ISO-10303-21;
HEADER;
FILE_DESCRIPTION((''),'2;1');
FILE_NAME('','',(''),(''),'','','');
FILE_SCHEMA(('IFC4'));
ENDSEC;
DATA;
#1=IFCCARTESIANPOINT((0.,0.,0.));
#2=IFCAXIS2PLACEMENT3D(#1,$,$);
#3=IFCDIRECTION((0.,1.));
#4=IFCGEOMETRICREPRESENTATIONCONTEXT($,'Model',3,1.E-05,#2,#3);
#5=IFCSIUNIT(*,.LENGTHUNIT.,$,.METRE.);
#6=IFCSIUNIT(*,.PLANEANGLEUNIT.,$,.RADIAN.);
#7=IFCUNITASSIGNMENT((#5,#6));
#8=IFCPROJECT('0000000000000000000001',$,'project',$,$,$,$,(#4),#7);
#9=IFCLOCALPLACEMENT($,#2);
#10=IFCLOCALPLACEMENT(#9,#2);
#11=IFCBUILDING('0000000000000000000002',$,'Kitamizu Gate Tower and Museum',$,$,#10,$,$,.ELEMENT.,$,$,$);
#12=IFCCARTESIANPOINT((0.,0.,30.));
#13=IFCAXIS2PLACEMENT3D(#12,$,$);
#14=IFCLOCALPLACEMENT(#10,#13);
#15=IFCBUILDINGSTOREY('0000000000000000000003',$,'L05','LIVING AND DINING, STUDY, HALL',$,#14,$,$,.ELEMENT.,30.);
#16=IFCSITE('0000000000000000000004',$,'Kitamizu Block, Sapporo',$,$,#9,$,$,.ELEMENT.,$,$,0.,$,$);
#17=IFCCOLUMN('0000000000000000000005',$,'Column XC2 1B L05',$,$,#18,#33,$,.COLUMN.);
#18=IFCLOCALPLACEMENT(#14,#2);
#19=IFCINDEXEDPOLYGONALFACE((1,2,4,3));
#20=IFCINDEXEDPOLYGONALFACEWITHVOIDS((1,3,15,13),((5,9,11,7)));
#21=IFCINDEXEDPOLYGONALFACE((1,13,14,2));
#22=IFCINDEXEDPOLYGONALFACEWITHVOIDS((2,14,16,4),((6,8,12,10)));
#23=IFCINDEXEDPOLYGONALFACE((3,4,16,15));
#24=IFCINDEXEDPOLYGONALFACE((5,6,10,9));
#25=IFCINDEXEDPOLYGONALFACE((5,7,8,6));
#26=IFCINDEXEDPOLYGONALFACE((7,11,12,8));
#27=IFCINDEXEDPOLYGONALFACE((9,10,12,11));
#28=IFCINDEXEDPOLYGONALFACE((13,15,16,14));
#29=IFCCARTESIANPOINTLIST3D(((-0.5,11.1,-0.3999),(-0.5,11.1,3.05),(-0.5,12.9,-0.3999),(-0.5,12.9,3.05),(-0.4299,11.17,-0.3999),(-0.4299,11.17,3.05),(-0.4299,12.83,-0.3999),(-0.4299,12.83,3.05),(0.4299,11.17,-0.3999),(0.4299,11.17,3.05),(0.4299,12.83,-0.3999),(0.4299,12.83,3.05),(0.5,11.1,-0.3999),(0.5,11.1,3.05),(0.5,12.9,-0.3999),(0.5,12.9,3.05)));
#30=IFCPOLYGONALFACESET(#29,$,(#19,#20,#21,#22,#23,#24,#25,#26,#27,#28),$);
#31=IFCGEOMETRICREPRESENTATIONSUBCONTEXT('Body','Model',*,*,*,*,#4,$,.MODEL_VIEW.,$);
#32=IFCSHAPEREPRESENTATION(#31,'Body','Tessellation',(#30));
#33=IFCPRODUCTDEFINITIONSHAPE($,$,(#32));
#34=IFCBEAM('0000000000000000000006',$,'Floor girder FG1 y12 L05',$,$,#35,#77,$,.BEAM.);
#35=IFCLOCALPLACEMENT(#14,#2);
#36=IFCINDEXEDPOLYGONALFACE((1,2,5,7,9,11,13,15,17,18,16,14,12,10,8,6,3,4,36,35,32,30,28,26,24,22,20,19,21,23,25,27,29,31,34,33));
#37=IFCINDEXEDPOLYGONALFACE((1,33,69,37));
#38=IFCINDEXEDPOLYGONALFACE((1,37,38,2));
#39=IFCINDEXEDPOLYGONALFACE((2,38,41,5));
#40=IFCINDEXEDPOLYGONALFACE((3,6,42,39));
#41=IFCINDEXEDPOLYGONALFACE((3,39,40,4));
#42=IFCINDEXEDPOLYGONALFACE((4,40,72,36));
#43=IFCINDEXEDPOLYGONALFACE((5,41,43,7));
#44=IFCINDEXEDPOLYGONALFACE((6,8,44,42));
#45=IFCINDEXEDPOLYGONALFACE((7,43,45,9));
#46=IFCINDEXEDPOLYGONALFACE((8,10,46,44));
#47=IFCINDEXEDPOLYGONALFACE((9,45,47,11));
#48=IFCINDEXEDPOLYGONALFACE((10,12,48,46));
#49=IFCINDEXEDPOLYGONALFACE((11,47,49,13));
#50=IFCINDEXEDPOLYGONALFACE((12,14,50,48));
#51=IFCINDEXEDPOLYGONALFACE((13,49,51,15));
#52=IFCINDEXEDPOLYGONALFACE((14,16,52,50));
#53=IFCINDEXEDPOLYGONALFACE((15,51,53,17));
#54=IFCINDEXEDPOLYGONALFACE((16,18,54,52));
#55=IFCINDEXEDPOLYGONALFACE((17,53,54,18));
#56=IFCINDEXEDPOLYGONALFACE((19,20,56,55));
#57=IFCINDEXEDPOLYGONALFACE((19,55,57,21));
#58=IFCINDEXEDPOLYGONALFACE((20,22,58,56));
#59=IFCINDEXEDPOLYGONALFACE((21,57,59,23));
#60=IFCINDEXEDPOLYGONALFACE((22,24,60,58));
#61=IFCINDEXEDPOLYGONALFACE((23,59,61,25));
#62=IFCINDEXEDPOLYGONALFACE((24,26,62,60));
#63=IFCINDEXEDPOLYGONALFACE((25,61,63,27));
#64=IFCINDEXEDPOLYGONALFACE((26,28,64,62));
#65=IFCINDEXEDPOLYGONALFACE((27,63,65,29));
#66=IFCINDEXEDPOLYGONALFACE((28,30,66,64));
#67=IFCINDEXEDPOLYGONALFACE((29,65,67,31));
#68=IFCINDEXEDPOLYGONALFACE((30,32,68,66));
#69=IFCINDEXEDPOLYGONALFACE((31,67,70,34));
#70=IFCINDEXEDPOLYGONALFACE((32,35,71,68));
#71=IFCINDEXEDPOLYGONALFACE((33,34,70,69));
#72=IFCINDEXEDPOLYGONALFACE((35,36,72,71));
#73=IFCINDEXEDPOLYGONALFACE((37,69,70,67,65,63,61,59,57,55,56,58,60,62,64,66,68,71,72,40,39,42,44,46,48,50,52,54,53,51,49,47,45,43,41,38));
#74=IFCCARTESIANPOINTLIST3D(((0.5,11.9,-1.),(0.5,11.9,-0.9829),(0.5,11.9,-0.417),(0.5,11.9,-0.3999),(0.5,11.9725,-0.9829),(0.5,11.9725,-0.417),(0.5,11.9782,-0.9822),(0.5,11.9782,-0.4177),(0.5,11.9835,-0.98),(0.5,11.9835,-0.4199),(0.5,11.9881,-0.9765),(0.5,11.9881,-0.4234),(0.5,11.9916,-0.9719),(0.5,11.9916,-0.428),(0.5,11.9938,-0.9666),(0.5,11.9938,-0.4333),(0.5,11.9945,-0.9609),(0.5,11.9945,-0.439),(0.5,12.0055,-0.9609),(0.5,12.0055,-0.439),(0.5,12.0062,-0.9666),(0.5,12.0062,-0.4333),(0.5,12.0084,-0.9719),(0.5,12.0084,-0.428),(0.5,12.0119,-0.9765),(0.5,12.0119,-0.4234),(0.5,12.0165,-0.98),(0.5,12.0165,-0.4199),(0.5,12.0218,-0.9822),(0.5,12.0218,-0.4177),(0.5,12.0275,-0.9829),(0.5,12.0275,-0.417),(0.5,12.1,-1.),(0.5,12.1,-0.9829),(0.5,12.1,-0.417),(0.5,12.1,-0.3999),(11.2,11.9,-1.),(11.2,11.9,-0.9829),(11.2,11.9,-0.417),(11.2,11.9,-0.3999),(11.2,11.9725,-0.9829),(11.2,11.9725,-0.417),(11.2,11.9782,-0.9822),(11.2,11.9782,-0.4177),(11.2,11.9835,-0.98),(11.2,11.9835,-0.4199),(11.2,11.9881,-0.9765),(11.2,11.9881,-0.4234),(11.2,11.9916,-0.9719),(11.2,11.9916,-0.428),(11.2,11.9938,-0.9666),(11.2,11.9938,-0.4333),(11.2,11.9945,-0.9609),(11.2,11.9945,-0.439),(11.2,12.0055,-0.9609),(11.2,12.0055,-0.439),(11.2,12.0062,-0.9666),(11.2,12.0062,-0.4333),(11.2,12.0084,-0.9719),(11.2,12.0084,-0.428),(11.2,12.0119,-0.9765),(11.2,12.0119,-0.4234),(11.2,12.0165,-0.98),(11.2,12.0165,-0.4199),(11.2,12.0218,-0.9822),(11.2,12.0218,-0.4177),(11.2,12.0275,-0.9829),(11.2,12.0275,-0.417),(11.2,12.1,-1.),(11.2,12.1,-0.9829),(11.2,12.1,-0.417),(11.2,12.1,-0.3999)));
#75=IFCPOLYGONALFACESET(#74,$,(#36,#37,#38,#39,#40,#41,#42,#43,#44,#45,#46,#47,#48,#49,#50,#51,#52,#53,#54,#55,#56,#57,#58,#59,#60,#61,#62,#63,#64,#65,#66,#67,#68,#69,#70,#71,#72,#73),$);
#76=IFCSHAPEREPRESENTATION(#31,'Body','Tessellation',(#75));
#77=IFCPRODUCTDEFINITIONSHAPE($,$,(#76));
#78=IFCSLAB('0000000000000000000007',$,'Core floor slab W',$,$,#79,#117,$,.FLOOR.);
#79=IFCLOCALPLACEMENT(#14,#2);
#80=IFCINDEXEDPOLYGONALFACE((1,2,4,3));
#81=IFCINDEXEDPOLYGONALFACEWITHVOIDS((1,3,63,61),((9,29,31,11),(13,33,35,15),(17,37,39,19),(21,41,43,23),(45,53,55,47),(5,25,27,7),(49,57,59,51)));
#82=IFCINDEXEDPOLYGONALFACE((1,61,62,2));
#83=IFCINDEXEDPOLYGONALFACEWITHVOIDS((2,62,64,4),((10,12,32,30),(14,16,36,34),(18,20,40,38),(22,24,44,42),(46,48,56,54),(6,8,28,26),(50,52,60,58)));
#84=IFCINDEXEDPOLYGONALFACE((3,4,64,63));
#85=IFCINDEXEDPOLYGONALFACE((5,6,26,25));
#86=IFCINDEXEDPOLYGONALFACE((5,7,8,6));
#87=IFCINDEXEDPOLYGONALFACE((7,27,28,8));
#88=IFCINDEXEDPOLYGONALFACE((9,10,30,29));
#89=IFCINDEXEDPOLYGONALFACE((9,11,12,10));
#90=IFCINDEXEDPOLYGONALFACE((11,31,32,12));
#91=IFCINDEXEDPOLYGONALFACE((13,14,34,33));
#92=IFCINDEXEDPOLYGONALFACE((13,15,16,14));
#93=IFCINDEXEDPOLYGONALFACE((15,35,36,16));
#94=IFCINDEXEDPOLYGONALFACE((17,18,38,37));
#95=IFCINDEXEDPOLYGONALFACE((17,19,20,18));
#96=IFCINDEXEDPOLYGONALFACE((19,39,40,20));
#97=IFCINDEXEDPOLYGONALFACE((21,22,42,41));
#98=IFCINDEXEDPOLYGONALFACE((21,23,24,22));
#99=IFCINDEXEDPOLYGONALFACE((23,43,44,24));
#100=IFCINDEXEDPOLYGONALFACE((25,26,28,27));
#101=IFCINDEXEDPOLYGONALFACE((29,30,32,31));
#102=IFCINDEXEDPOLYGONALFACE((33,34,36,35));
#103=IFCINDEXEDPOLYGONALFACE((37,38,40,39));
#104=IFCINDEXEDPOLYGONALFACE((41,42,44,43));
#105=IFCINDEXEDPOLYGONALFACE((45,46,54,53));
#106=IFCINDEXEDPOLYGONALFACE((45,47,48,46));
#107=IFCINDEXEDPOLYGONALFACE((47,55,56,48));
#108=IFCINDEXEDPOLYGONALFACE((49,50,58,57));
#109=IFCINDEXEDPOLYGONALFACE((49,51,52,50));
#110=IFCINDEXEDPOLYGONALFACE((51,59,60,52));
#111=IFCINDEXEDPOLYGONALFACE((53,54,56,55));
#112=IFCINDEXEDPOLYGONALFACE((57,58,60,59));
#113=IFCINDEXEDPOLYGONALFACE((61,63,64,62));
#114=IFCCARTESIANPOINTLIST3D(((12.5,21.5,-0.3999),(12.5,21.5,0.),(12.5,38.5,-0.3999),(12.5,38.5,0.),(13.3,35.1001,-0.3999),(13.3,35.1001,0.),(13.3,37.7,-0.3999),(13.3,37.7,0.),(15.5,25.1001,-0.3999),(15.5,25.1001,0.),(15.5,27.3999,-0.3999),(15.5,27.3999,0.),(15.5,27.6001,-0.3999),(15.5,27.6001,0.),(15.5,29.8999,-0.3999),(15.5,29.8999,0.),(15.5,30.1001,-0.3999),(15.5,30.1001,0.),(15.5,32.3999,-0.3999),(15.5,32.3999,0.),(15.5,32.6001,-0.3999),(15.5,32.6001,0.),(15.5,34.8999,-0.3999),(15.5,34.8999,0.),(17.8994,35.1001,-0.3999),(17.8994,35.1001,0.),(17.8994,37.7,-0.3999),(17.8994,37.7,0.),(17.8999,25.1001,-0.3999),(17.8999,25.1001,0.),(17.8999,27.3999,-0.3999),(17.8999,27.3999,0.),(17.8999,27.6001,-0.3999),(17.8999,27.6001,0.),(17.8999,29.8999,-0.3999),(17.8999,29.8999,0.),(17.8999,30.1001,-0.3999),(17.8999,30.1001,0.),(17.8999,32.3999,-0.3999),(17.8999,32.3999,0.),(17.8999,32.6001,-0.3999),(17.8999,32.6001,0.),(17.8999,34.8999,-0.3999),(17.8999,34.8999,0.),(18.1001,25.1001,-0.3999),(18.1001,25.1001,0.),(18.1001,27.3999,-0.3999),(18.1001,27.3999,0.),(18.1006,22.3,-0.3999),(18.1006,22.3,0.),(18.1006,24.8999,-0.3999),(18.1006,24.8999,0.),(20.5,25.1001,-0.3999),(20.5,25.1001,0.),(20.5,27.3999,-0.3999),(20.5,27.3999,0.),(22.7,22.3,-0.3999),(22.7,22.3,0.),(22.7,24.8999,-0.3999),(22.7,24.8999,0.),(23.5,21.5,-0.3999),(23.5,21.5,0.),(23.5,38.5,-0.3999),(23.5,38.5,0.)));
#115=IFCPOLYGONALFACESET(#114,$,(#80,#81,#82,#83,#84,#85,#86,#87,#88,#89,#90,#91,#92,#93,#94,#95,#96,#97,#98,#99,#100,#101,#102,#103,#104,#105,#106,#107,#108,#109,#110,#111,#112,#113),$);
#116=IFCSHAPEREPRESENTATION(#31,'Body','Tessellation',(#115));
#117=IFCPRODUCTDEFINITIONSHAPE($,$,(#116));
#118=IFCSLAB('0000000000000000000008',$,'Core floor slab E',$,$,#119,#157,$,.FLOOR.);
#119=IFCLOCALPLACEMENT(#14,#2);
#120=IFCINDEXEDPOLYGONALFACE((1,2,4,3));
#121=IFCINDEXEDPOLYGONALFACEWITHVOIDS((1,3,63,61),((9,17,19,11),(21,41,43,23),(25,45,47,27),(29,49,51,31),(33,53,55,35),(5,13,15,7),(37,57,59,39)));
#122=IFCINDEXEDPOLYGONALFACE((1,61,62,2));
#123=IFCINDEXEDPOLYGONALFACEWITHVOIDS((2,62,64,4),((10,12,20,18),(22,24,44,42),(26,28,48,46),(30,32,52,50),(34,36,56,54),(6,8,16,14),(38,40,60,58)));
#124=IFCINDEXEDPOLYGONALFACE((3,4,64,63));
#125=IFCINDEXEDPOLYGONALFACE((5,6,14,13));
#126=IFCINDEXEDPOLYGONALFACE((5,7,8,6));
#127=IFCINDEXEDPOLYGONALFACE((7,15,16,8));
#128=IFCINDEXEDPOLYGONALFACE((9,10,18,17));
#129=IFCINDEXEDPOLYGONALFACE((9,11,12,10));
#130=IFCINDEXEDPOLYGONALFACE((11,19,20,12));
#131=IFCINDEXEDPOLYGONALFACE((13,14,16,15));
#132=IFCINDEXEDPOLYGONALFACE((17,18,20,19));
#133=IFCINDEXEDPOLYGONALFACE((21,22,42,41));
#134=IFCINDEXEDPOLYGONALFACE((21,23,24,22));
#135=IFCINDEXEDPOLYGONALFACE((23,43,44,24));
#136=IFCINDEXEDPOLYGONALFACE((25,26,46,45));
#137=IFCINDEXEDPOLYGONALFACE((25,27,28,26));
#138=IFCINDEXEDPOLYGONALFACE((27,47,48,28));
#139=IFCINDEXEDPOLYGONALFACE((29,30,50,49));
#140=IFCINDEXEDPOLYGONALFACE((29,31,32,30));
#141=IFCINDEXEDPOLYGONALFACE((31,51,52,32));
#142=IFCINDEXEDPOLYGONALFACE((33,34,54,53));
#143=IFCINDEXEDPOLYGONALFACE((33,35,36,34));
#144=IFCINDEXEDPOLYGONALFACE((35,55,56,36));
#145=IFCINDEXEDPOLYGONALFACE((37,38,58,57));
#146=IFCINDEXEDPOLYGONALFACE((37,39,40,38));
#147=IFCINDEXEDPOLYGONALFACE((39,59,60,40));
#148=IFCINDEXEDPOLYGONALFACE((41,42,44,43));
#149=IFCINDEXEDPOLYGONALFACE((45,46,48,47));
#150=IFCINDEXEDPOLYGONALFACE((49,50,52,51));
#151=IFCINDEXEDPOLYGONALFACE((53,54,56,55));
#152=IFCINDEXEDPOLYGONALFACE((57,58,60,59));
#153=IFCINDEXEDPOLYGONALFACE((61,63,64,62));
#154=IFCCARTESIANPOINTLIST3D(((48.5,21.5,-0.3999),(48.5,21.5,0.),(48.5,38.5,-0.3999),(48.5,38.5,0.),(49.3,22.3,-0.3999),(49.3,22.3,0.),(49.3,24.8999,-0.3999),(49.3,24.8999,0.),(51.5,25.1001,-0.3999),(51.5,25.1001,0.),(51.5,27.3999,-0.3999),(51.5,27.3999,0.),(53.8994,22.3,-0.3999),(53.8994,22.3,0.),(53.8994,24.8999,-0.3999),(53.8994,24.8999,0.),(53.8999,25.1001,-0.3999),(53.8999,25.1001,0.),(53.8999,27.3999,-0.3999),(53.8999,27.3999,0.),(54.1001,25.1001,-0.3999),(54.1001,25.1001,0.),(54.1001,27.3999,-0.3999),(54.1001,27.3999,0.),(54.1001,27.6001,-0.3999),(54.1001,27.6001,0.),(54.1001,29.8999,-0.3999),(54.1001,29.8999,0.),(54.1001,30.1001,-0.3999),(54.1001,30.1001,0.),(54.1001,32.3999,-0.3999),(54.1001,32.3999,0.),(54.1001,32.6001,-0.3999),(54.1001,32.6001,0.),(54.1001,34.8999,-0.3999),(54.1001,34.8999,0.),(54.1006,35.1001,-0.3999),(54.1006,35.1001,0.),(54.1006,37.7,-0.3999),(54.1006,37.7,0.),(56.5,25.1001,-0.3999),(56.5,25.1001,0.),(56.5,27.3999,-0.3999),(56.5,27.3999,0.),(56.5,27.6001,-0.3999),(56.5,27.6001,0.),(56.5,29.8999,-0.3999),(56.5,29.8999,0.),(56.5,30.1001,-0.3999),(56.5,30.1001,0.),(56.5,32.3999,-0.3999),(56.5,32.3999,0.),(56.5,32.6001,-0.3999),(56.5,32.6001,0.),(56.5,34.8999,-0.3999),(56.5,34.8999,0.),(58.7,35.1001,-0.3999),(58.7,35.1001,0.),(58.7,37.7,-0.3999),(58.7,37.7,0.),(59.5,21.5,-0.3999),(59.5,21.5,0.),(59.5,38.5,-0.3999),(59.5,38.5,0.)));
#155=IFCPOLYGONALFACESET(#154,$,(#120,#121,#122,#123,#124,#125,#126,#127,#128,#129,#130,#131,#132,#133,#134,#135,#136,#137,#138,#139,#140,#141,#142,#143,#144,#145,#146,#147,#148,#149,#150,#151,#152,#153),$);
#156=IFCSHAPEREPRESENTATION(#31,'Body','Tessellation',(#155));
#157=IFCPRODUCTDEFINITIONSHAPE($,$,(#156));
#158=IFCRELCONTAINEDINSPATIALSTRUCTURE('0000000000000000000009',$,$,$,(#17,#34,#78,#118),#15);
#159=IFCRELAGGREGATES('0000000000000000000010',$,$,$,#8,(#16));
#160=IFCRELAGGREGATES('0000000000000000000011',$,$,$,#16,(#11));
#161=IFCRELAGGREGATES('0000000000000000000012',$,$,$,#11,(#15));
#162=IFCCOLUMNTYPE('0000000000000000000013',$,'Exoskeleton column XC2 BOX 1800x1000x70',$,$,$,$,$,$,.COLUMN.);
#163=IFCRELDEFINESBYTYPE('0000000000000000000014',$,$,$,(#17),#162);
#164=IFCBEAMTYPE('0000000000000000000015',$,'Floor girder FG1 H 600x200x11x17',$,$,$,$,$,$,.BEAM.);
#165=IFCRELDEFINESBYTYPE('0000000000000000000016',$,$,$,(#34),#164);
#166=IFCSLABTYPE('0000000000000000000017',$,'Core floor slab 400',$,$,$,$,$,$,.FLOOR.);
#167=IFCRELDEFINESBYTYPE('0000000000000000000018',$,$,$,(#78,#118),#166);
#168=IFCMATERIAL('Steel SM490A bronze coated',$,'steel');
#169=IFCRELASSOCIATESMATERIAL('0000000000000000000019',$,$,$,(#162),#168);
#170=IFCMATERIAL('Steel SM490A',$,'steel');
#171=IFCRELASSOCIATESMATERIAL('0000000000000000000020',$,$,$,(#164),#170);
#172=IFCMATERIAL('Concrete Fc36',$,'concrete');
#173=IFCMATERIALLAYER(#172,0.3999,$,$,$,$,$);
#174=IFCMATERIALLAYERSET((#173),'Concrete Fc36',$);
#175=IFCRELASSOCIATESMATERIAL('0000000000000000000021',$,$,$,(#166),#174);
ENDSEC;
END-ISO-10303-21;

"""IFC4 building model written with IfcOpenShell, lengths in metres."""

from ifc_helpers import new_model, si_unit, direction, frame, origin, origin_2d, place, context, subcontext, project, spatial, polyline, hollow_rectangle, i_section, outline, extrude, material, layer, layer_set, material_profile, profile_set, type_object, element, save


model = new_model("IFC4")

# Units and contexts
model_context = context("Model", 3, precision=1e-05, world=origin(), true_north=direction((0.0, 1.0)))
body_context = subcontext(model_context, "Body", "Model", "MODEL_VIEW")
ifc_project = project(units=[si_unit("LENGTHUNIT", "METRE"), si_unit("PLANEANGLEUNIT", "RADIAN")], contexts=[model_context])

# Site, building, storey
site_placement = place(None, origin())
site = spatial("IfcSite", under=ifc_project, at=site_placement, Name="Kitamizu Block, Sapporo", CompositionType="ELEMENT", RefElevation=0.0)
building_placement = place(site_placement, origin())
building = spatial("IfcBuilding", under=site, at=building_placement, Name="Kitamizu Gate Tower and Museum", CompositionType="ELEMENT")
storey_placement = place(building_placement, frame((0.0, 0.0, 30.0)))
storey = spatial("IfcBuildingStorey", under=building, at=storey_placement, Name="L05", Description="LIVING AND DINING, STUDY, HALL", CompositionType="ELEMENT", Elevation=30.0)

# Column
ifc_material_1 = material(Name="Steel SM490A bronze coated", Category="steel")
ifc_material_profile_1 = material_profile(ifc_material_1, hollow_rectangle(XDim=1.8, YDim=1.0, WallThickness=0.0701, at=origin_2d()), Name="BOX 1800x1000x70")
ifc_profile_set_1 = profile_set([ifc_material_profile_1], Name="Steel SM490A bronze coated")
column_type = type_object("IfcColumnType", Name="Exoskeleton column XC2 BOX 1800x1000x70", PredefinedType="COLUMN", material=ifc_profile_set_1)
column_placement = place(storey_placement, frame((0.0, 12.0, -0.3999), z_axis=(0.0, 0.0, 1.0), x_axis=(0.0, 1.0, 0.0)))
element("IfcColumn", 1, at=column_placement, inside=storey, type_object=column_type, Name="Column XC2 1B L05", PredefinedType="COLUMN", context=body_context, shape_type="SweptSolid", body=[
    extrude(hollow_rectangle(XDim=1.8, YDim=1.0, WallThickness=0.0701, at=origin_2d()), origin(), (0.0, 0.0, 1.0), 3.45),
])

# Beam
ifc_material_2 = material(Name="Steel SM490A", Category="steel")
ifc_material_profile_2 = material_profile(ifc_material_2, i_section(OverallWidth=0.2, OverallDepth=0.6001, WebThickness=0.011, FlangeThickness=0.0171, FilletRadius=0.022, at=origin_2d()), Name="H-600x200x11x17")
ifc_profile_set_2 = profile_set([ifc_material_profile_2], Name="Steel SM490A")
beam_type = type_object("IfcBeamType", Name="Floor girder FG1 H 600x200x11x17", PredefinedType="BEAM", material=ifc_profile_set_2)
beam_placement = place(storey_placement, frame((0.5, 12.0, -0.7), z_axis=(1.0, 0.0, 0.0), x_axis=(0.0, 1.0, 0.0)))
element("IfcBeam", 2, at=beam_placement, inside=storey, type_object=beam_type, Name="Floor girder FG1 y12 L05", PredefinedType="BEAM", context=body_context, shape_type="SweptSolid", body=[
    extrude(i_section(OverallWidth=0.2, OverallDepth=0.6001, WebThickness=0.011, FlangeThickness=0.0171, FilletRadius=0.022, at=origin_2d()), origin(), (0.0, 0.0, 1.0), 10.7),
])

# Slabs
ifc_material_3 = material(Name="Concrete Fc36", Category="concrete")
ifc_layer_1 = layer(ifc_material_3, 0.3999)
ifc_layer_set_1 = layer_set([ifc_layer_1], Name="Concrete Fc36")
slab_type_1 = type_object("IfcSlabType", Name="Core floor slab 400", PredefinedType="FLOOR", material=ifc_layer_set_1)
slab_1_placement = place(storey_placement, frame((0.0, 0.0, -0.3999)))
element("IfcSlab", 3, at=slab_1_placement, inside=storey, type_object=slab_type_1, Name="Core floor slab W", PredefinedType="FLOOR", context=body_context, shape_type="SweptSolid", body=[
    extrude(outline(polyline([(12.5, 21.5), (23.5, 21.5), (23.5, 38.5), (12.5, 38.5), (12.5, 21.5)]), holes=[polyline([(15.5, 25.1001), (17.8999, 25.1001), (17.8999, 27.3999), (15.5, 27.3999), (15.5, 25.1001)]), polyline([(15.5, 27.6001), (17.8999, 27.6001), (17.8999, 29.8999), (15.5, 29.8999), (15.5, 27.6001)]), polyline([(15.5, 30.1001), (17.8999, 30.1001), (17.8999, 32.3999), (15.5, 32.3999), (15.5, 30.1001)]), polyline([(15.5, 32.6001), (17.8999, 32.6001), (17.8999, 34.8999), (15.5, 34.8999), (15.5, 32.6001)]), polyline([(18.1001, 25.1001), (20.5, 25.1001), (20.5, 27.3999), (18.1001, 27.3999), (18.1001, 25.1001)]), polyline([(18.1006, 22.3), (22.7, 22.3), (22.7, 24.8999), (18.1006, 24.8999), (18.1006, 22.3)]), polyline([(13.3, 35.1001), (17.8994, 35.1001), (17.8994, 37.7), (13.3, 37.7), (13.3, 35.1001)])]), origin(), (0.0, 0.0, 1.0), 0.3999),
])
slab_2_placement = place(storey_placement, frame((0.0, 0.0, -0.3999)))
element("IfcSlab", 4, at=slab_2_placement, inside=storey, type_object=slab_type_1, Name="Core floor slab E", PredefinedType="FLOOR", context=body_context, shape_type="SweptSolid", body=[
    extrude(outline(polyline([(48.5, 21.5), (59.5, 21.5), (59.5, 38.5), (48.5, 38.5), (48.5, 21.5)]), holes=[polyline([(54.1001, 25.1001), (56.5, 25.1001), (56.5, 27.3999), (54.1001, 27.3999), (54.1001, 25.1001)]), polyline([(54.1001, 27.6001), (56.5, 27.6001), (56.5, 29.8999), (54.1001, 29.8999), (54.1001, 27.6001)]), polyline([(54.1001, 30.1001), (56.5, 30.1001), (56.5, 32.3999), (54.1001, 32.3999), (54.1001, 30.1001)]), polyline([(54.1001, 32.6001), (56.5, 32.6001), (56.5, 34.8999), (54.1001, 34.8999), (54.1001, 32.6001)]), polyline([(51.5, 25.1001), (53.8999, 25.1001), (53.8999, 27.3999), (51.5, 27.3999), (51.5, 25.1001)]), polyline([(49.3, 22.3), (53.8994, 22.3), (53.8994, 24.8999), (49.3, 24.8999), (49.3, 22.3)]), polyline([(54.1006, 35.1001), (58.7, 35.1001), (58.7, 37.7), (54.1006, 37.7), (54.1006, 35.1001)])]), origin(), (0.0, 0.0, 1.0), 0.3999),
])

save(model, "model.ifc")
